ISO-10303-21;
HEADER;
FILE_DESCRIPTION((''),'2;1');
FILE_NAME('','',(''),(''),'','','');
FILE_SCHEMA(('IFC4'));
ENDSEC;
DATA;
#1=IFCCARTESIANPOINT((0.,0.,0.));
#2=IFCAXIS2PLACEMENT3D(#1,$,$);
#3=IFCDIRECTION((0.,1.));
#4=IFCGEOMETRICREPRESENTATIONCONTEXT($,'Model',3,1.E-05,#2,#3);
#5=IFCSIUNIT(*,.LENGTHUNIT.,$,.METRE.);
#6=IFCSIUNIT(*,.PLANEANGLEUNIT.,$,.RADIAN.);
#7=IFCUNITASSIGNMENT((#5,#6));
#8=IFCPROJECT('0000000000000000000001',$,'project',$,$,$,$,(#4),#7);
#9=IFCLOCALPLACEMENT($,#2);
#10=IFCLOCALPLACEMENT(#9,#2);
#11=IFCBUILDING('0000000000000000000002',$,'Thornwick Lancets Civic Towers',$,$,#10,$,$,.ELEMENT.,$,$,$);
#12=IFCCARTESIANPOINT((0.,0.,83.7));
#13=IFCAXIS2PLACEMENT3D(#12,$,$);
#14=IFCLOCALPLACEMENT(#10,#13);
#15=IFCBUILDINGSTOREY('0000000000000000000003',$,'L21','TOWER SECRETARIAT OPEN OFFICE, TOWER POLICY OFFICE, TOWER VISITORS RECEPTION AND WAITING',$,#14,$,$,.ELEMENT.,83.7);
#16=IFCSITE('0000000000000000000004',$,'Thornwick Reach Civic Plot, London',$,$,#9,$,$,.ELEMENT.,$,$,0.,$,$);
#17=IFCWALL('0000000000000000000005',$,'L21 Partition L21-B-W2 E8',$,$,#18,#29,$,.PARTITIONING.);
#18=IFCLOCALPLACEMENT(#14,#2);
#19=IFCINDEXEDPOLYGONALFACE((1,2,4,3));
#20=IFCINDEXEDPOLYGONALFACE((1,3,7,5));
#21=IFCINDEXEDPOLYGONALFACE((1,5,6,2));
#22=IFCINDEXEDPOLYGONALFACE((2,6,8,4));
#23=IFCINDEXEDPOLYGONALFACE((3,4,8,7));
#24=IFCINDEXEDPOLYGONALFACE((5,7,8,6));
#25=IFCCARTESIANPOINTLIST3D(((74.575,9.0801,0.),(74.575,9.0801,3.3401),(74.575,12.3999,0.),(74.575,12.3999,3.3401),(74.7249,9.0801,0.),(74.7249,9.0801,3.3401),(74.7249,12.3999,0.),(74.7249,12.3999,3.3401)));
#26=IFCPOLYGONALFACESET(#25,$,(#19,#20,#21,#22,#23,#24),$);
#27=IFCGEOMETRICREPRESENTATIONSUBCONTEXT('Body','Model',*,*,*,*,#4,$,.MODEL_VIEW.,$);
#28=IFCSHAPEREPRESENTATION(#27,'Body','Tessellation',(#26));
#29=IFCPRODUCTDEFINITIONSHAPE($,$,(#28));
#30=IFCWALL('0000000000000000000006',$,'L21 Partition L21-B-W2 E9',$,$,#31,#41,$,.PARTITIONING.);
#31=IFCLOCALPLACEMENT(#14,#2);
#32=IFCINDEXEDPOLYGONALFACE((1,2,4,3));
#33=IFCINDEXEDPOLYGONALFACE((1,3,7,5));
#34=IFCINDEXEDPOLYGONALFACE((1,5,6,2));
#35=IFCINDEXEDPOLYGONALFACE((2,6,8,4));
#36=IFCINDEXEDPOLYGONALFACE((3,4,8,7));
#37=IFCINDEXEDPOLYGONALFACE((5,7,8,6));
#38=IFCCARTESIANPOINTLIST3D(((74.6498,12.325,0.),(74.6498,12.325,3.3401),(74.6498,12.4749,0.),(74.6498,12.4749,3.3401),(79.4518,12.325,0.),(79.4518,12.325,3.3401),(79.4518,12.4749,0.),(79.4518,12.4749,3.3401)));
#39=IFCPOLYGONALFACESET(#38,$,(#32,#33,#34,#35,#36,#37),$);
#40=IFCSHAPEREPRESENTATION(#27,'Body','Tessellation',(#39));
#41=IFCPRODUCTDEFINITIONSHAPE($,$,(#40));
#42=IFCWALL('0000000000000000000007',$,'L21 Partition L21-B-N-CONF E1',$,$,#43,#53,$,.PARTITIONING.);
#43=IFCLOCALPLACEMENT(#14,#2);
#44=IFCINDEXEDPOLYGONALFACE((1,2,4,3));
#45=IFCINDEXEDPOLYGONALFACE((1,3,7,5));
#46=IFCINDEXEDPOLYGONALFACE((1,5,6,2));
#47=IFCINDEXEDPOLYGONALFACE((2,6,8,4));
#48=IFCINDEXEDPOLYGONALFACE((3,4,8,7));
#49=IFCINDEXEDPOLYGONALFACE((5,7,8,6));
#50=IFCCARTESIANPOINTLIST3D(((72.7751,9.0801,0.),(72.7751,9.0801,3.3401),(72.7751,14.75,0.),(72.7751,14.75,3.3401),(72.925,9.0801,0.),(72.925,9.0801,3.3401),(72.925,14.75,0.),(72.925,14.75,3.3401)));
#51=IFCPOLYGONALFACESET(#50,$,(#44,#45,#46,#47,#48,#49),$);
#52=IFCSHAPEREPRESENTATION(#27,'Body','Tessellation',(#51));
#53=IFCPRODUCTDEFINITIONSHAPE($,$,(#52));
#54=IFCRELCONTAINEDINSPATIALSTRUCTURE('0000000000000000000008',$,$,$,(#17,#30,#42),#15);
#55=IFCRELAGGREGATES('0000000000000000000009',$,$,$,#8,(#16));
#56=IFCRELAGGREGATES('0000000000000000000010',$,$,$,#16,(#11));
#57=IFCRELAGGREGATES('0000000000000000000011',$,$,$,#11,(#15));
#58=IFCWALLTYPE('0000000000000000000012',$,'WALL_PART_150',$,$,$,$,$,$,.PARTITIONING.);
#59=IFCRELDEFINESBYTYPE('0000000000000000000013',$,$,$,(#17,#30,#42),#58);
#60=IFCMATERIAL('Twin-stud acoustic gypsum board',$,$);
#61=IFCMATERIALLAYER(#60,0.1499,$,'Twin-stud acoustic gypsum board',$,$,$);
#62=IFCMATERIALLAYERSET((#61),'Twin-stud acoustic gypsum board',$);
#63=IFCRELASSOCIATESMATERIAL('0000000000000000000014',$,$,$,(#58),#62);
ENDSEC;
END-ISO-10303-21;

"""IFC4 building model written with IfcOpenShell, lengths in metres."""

from ifc_helpers import new_model, si_unit, direction, frame, frame_2d, origin, place, context, subcontext, project, spatial, rectangle, extrude, material, layer, layer_set, type_object, element, save


model = new_model("IFC4")

# Units and contexts
model_context = context("Model", 3, precision=1e-05, world=origin(), true_north=direction((0.0, 1.0)))
body_context = subcontext(model_context, "Body", "Model", "MODEL_VIEW")
ifc_project = project(units=[si_unit("LENGTHUNIT", "METRE"), si_unit("PLANEANGLEUNIT", "RADIAN")], contexts=[model_context])

# Site, building, storey
site_placement = place(None, origin())
site = spatial("IfcSite", under=ifc_project, at=site_placement, Name="Thornwick Reach Civic Plot, London", CompositionType="ELEMENT", RefElevation=0.0)
building_placement = place(site_placement, origin())
building = spatial("IfcBuilding", under=site, at=building_placement, Name="Thornwick Lancets Civic Towers", CompositionType="ELEMENT")
storey_placement = place(building_placement, frame((0.0, 0.0, 83.7)))
storey = spatial("IfcBuildingStorey", under=building, at=storey_placement, Name="L21", Description="TOWER SECRETARIAT OPEN OFFICE, TOWER POLICY OFFICE, TOWER VISITORS RECEPTION AND WAITING", CompositionType="ELEMENT", Elevation=83.7)

# Walls
ifc_material_1 = material(Name="Twin-stud acoustic gypsum board")
ifc_layer_1 = layer(ifc_material_1, 0.1499, Name="Twin-stud acoustic gypsum board")
ifc_layer_set_1 = layer_set([ifc_layer_1], Name="Twin-stud acoustic gypsum board")
wall_type_1 = type_object("IfcWallType", Name="WALL_PART_150", PredefinedType="PARTITIONING", material=ifc_layer_set_1)
wall_1_placement = place(storey_placement, frame((74.6499, 9.0801, 0.0), z_axis=(0.0, 0.0, 1.0), x_axis=(0.0, 1.0, 0.0)))
element("IfcWall", 1, at=wall_1_placement, inside=storey, type_object=wall_type_1, Name="L21 Partition L21-B-W2 E8", PredefinedType="PARTITIONING", context=body_context, shape_type="SweptSolid", body=[
    extrude(rectangle(XDim=3.3198, YDim=0.1499, at=frame_2d((1.6599, 0.0))), origin(), (0.0, 0.0, 1.0), 3.3401),
])
wall_2_placement = place(storey_placement, frame((74.6499, 12.3999, 0.0), z_axis=(0.0, 0.0, 1.0), x_axis=(1.0, 0.0, 0.0)))
element("IfcWall", 2, at=wall_2_placement, inside=storey, type_object=wall_type_1, Name="L21 Partition L21-B-W2 E9", PredefinedType="PARTITIONING", context=body_context, shape_type="SweptSolid", body=[
    extrude(rectangle(XDim=4.802, YDim=0.1499, at=frame_2d((2.4009, 0.0))), origin(), (0.0, 0.0, 1.0), 3.3401),
])
wall_3_placement = place(storey_placement, frame((72.8501, 14.75, 0.0), z_axis=(0.0, 0.0, 1.0), x_axis=(0.0, -1.0, 0.0)))
element("IfcWall", 3, at=wall_3_placement, inside=storey, type_object=wall_type_1, Name="L21 Partition L21-B-N-CONF E1", PredefinedType="PARTITIONING", context=body_context, shape_type="SweptSolid", body=[
    extrude(rectangle(XDim=5.6699, YDim=0.1499, at=frame_2d((2.835, 0.0))), origin(), (0.0, 0.0, 1.0), 3.3401),
])

save(model, "model.ifc")
